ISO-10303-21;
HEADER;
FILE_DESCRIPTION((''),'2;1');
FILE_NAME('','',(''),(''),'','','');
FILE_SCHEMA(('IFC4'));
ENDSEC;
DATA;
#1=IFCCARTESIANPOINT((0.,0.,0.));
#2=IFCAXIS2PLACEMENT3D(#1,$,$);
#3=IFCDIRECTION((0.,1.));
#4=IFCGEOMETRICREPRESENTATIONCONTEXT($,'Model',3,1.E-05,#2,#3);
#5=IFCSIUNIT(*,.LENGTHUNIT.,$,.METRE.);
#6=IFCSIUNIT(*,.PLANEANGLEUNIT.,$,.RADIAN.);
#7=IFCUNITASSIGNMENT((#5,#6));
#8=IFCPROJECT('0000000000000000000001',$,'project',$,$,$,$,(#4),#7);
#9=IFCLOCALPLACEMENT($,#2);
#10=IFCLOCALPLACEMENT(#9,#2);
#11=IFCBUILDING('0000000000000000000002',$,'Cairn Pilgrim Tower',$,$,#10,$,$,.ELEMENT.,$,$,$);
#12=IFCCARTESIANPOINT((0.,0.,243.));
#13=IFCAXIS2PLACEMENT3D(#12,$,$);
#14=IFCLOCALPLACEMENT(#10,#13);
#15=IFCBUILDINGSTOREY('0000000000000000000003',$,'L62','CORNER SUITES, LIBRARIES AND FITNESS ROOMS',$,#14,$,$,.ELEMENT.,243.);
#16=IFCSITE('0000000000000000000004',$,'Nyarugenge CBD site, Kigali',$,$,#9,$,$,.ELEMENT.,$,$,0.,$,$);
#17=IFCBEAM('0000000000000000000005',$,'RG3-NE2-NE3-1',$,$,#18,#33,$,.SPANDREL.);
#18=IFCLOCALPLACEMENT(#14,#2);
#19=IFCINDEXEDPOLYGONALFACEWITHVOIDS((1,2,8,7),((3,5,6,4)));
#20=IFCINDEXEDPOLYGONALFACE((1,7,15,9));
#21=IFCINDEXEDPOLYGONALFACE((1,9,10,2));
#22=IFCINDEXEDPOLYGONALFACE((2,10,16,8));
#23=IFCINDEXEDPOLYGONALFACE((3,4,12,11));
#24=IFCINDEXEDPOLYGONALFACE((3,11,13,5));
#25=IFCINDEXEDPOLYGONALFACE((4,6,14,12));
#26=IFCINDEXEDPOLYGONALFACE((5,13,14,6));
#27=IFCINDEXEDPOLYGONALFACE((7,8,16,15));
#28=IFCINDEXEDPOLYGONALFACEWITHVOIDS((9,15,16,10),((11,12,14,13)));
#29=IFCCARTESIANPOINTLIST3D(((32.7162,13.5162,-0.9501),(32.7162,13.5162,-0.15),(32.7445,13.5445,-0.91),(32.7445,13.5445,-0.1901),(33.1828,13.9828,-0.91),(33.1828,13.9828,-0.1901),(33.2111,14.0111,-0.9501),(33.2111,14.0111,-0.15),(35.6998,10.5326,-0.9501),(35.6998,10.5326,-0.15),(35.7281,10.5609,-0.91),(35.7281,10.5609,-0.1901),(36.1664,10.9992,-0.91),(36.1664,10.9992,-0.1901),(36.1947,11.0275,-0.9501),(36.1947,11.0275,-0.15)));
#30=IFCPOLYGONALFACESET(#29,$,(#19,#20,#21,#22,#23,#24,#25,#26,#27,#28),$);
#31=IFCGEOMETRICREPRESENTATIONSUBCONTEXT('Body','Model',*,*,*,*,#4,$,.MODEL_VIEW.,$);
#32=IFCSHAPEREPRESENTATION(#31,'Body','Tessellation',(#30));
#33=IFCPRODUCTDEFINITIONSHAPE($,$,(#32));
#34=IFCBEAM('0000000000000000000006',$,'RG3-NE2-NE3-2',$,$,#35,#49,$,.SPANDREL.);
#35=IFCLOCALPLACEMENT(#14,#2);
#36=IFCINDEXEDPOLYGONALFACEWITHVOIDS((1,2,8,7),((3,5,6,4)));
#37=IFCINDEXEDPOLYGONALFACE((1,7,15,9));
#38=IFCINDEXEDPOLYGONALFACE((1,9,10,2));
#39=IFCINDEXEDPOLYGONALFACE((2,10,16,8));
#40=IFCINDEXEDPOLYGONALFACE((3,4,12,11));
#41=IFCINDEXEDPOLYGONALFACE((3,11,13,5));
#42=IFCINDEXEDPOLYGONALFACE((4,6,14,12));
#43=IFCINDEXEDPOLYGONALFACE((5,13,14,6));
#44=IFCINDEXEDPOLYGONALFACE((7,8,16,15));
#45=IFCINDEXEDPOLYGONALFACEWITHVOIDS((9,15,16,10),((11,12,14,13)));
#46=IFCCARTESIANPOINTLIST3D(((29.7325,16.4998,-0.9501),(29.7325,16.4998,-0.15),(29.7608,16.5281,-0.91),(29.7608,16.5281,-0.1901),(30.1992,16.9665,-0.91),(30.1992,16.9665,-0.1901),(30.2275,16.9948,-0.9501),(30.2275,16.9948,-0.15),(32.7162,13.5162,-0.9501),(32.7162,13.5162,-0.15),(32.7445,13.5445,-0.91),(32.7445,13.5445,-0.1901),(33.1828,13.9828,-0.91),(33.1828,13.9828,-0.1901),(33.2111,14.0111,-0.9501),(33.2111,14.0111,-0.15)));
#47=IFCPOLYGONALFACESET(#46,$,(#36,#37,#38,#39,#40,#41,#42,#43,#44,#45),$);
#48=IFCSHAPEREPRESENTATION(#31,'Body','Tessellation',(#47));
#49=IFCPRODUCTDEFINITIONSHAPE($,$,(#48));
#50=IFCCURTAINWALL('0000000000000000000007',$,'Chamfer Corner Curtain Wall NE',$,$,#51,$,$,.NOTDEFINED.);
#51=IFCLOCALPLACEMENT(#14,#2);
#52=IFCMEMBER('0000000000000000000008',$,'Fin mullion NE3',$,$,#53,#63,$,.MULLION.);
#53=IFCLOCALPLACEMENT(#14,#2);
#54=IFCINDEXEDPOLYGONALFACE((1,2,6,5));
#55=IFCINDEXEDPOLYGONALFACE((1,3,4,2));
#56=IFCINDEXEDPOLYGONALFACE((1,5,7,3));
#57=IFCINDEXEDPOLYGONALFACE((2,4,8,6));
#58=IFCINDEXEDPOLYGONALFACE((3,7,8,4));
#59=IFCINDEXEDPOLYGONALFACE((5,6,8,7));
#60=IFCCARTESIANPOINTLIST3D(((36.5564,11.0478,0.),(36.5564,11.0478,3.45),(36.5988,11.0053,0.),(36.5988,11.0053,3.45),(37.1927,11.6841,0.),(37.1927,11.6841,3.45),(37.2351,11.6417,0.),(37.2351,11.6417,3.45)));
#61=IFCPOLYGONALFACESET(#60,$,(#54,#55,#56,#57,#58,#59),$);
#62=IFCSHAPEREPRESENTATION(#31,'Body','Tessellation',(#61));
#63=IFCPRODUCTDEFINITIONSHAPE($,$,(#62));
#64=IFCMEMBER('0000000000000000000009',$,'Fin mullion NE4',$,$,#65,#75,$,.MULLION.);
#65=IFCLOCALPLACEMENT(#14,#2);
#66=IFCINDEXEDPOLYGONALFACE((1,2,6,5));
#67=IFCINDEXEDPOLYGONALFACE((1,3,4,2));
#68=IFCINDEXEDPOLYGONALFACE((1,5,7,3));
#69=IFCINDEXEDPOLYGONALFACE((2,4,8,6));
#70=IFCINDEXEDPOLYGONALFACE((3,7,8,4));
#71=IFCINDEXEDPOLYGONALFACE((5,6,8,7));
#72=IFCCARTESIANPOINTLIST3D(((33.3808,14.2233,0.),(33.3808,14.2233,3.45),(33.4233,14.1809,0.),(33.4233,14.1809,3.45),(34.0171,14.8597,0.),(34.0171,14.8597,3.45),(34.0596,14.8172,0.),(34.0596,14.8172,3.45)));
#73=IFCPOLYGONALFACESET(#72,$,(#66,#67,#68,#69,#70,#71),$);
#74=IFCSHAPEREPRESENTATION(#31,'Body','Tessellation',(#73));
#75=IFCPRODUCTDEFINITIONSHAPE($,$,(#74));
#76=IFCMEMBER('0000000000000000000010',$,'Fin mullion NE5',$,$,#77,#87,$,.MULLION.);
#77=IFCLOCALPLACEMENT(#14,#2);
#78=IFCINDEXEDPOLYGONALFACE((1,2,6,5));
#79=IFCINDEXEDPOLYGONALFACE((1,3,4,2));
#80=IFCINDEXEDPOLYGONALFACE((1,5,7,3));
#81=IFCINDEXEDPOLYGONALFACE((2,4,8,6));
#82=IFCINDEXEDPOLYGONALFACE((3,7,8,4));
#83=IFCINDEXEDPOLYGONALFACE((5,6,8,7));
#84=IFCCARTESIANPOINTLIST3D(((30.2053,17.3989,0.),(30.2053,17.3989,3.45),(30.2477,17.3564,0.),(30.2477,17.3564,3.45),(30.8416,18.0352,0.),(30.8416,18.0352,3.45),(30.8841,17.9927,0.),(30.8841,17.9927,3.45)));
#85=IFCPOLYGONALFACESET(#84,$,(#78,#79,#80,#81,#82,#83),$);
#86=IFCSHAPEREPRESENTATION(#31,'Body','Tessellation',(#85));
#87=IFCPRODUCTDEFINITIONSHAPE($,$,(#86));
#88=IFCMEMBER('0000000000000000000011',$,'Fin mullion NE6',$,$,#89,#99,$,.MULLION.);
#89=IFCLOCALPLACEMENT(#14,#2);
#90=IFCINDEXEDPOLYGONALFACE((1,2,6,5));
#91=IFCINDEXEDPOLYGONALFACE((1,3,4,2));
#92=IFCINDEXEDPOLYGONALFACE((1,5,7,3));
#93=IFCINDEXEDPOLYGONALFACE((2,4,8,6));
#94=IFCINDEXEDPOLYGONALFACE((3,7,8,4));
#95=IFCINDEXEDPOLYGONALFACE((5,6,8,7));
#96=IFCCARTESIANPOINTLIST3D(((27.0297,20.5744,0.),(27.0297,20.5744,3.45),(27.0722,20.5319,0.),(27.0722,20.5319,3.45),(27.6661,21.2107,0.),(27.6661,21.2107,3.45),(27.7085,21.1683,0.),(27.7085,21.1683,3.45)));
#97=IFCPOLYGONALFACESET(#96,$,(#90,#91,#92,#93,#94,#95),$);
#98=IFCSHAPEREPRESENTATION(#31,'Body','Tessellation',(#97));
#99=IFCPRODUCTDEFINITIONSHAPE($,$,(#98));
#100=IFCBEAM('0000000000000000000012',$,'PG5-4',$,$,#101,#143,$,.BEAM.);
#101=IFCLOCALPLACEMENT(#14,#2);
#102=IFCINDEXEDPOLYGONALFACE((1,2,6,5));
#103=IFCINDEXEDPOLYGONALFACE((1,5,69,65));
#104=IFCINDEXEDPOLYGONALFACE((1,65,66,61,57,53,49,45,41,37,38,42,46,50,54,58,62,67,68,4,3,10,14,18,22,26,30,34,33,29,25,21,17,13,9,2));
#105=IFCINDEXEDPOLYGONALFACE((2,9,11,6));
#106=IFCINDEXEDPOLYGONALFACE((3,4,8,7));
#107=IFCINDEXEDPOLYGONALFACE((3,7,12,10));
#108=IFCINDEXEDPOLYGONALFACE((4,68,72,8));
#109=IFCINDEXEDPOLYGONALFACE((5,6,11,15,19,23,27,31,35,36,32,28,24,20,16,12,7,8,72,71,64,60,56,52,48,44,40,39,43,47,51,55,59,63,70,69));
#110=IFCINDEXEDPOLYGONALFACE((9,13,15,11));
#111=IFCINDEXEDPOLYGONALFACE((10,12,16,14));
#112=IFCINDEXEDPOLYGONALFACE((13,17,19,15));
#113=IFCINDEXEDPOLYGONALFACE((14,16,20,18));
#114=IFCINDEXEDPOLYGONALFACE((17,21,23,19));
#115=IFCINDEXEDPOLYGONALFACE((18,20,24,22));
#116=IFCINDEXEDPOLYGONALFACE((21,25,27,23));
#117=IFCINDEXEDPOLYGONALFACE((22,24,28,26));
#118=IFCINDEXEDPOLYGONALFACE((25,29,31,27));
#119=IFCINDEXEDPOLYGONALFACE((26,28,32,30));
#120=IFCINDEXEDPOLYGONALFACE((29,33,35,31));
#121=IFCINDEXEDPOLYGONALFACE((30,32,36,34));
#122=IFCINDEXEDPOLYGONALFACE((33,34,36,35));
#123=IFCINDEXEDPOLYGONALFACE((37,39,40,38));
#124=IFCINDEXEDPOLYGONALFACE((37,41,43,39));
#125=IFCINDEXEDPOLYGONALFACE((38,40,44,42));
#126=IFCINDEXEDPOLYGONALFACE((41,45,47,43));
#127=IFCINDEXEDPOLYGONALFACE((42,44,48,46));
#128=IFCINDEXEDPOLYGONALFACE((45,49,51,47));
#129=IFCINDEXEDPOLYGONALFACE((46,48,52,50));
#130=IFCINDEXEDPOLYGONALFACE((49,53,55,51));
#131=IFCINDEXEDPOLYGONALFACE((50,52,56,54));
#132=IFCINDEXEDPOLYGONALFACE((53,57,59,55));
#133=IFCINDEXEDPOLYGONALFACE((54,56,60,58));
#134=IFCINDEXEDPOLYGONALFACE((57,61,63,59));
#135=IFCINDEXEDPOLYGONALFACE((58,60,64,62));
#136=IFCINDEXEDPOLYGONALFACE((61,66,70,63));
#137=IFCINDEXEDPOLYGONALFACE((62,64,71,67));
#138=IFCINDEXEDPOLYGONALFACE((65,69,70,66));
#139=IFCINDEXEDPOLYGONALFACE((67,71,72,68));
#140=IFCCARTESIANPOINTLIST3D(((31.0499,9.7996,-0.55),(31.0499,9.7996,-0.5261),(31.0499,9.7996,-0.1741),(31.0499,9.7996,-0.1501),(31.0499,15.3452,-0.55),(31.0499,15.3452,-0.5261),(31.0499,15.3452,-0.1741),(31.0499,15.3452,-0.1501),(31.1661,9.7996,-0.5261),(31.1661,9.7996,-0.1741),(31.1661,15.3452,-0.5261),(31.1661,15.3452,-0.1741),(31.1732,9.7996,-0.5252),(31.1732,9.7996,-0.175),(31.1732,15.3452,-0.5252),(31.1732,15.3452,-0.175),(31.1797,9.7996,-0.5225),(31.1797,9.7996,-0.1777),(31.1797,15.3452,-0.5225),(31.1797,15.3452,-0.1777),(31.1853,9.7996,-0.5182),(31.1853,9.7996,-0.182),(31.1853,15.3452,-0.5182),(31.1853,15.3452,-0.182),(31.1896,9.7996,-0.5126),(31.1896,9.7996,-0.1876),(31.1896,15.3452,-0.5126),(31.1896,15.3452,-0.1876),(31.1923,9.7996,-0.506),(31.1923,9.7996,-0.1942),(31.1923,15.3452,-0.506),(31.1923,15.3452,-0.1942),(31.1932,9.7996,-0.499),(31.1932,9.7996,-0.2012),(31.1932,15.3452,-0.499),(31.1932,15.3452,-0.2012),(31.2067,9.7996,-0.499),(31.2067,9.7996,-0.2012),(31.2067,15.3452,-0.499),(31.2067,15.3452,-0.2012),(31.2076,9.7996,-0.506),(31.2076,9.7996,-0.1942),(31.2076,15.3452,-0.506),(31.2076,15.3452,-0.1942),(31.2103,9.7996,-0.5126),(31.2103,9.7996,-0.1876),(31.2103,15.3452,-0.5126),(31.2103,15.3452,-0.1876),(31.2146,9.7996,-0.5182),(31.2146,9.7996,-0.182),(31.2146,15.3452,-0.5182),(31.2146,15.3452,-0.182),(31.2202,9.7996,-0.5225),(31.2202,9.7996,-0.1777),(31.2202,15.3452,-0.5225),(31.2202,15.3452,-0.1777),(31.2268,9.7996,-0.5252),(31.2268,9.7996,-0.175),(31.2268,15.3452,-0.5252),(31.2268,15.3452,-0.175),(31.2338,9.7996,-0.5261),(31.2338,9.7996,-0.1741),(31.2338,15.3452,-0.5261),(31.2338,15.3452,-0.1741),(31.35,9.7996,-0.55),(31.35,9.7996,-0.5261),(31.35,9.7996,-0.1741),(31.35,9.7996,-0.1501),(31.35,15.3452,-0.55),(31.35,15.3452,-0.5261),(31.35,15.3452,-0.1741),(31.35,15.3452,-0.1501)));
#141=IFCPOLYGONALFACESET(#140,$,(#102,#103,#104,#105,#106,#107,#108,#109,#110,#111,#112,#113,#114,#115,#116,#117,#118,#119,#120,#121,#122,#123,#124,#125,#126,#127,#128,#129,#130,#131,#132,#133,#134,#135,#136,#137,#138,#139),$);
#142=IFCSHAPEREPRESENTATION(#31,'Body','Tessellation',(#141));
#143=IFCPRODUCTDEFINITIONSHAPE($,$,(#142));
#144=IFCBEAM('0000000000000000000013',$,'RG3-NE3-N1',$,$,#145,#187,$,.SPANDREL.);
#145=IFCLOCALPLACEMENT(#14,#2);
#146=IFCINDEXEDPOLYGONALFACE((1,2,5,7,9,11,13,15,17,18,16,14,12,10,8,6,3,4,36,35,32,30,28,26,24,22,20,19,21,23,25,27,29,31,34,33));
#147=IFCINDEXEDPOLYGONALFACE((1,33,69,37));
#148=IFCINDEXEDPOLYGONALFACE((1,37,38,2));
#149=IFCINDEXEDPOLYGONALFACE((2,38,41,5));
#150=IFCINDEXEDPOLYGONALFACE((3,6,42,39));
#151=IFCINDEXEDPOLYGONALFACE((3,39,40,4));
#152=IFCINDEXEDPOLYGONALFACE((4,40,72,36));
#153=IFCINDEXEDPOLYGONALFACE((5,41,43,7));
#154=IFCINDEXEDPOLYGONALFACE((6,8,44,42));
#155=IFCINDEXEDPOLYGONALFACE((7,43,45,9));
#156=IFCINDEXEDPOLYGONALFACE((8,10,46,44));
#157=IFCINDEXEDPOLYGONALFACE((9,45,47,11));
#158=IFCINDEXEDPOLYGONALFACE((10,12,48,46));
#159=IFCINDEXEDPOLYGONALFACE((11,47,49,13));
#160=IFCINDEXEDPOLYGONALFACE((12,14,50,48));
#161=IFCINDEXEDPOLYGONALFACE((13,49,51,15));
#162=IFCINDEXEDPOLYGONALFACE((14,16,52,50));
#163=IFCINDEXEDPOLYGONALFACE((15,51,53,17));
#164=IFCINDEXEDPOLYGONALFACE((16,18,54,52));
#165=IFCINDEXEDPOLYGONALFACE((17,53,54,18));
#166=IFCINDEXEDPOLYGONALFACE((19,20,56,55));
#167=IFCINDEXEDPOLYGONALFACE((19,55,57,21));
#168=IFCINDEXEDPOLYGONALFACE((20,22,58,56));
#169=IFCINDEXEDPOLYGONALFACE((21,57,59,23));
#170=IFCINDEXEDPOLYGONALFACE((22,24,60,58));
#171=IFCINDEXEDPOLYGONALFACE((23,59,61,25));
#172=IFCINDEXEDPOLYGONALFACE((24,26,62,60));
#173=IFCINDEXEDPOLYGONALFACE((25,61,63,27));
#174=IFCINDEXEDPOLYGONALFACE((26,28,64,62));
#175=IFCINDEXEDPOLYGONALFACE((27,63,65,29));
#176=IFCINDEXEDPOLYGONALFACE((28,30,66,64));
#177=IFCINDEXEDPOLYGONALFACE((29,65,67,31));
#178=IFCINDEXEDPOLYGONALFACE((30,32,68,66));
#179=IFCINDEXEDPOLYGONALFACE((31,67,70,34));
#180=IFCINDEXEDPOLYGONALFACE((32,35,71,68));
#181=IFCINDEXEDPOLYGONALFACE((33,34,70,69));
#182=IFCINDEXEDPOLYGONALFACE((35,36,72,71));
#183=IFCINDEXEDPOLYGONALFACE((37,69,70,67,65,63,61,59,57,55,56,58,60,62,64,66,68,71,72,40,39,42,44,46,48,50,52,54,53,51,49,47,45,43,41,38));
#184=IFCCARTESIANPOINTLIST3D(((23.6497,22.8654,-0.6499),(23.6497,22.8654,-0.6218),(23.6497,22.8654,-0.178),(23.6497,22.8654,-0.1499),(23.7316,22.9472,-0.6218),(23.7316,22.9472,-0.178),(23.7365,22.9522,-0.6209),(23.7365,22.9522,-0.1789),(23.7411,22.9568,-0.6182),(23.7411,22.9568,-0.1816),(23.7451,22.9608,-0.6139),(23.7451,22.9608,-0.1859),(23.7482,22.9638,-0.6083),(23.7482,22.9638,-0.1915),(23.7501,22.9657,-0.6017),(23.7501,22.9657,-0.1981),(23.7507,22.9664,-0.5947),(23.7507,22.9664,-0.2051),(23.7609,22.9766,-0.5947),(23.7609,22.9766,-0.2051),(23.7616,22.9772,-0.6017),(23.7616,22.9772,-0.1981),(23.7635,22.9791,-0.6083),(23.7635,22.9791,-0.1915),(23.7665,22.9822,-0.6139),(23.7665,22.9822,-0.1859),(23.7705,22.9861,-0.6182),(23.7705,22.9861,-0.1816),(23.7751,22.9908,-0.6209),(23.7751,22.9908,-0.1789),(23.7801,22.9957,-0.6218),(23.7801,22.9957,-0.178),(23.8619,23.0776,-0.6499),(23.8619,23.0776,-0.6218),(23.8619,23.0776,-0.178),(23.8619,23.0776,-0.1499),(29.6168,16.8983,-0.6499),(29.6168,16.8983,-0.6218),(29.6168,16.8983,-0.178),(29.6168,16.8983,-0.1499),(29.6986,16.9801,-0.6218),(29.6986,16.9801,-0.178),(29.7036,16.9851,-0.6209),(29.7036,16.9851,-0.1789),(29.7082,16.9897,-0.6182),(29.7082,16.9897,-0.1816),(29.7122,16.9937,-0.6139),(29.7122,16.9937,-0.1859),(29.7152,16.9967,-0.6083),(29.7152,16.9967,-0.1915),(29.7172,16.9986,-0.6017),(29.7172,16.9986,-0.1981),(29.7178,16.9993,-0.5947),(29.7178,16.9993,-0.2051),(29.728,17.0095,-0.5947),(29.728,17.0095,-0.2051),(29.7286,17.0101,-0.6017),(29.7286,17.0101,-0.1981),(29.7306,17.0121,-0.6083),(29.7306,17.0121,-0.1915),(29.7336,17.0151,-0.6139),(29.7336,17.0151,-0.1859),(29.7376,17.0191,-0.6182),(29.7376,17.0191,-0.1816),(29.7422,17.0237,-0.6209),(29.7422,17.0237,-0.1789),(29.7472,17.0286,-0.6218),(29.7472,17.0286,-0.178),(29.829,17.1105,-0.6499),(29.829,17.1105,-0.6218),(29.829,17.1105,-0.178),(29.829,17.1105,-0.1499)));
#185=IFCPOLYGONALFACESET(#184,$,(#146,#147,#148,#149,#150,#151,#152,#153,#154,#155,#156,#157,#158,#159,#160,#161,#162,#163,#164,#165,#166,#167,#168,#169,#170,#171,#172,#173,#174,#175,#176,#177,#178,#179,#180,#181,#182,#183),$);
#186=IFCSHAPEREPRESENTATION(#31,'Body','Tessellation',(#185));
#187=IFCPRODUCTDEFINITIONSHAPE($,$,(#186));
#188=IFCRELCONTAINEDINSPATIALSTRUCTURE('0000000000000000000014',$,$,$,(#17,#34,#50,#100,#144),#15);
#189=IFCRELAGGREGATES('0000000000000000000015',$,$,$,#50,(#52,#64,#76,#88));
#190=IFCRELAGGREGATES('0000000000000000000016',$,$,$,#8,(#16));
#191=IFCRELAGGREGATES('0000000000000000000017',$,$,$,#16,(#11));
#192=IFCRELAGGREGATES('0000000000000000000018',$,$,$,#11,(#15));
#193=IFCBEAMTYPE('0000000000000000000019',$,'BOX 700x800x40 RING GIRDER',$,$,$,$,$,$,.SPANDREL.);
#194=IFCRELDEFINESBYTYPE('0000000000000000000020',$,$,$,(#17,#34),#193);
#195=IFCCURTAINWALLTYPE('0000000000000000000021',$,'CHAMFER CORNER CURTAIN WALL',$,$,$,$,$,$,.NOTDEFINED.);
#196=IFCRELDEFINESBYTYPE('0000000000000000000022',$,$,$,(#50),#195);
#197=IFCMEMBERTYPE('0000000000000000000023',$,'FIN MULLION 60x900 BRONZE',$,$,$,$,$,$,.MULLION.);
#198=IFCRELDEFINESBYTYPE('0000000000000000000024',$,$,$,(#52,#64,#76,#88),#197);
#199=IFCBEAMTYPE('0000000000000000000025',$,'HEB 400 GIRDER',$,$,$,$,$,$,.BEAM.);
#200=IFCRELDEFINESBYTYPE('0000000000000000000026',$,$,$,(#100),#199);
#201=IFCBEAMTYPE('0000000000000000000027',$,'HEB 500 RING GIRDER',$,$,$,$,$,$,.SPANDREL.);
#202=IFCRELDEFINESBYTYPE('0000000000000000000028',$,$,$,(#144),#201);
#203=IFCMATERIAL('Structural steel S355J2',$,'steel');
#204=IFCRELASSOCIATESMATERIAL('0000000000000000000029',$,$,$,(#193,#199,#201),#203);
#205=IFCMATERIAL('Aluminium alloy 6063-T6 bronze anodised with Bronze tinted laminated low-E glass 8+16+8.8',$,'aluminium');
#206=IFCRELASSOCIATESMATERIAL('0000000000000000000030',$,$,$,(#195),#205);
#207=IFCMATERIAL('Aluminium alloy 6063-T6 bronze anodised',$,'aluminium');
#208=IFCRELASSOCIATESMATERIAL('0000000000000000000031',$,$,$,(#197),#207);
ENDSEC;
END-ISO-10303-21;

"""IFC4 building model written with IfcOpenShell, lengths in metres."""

from ifc_helpers import new_model, si_unit, direction, frame, origin, origin_2d, place, context, subcontext, project, spatial, rectangle, hollow_rectangle, i_section, extrude, material, material_profile, profile_set, type_object, element, aggregate, save


model = new_model("IFC4")

# Units and contexts
model_context = context("Model", 3, precision=1e-05, world=origin(), true_north=direction((0.0, 1.0)))
body_context = subcontext(model_context, "Body", "Model", "MODEL_VIEW")
ifc_project = project(units=[si_unit("LENGTHUNIT", "METRE"), si_unit("PLANEANGLEUNIT", "RADIAN")], contexts=[model_context])

# Site, building, storey
site_placement = place(None, origin())
site = spatial("IfcSite", under=ifc_project, at=site_placement, Name="Nyarugenge CBD site, Kigali", CompositionType="ELEMENT", RefElevation=0.0)
building_placement = place(site_placement, origin())
building = spatial("IfcBuilding", under=site, at=building_placement, Name="Cairn Pilgrim Tower", CompositionType="ELEMENT")
storey_placement = place(building_placement, frame((0.0, 0.0, 243.0)))
storey = spatial("IfcBuildingStorey", under=building, at=storey_placement, Name="L62", Description="CORNER SUITES, LIBRARIES AND FITNESS ROOMS", CompositionType="ELEMENT", Elevation=243.0)

# Shared definitions
ifc_material_1 = material(Name="Structural steel S355J2", Category="steel")

# Beams
ifc_material_profile_1 = material_profile(ifc_material_1, hollow_rectangle(XDim=0.7, YDim=0.8, WallThickness=0.04, at=origin_2d()), Name="BOX 700x800x40")
ifc_profile_set_1 = profile_set([ifc_material_profile_1], Name="Structural steel S355J2")
beam_type_1 = type_object("IfcBeamType", Name="BOX 700x800x40 RING GIRDER", PredefinedType="SPANDREL", material=ifc_profile_set_1)
for number, where, z_axis, x_axis, name in (
    (1, (35.9473, 10.78, -0.55), (-0.707107, 0.707107, 0.0), (-0.707107, -0.707107, 0.0), "RG3-NE2-NE3-1"),
    (2, (32.9636, 13.7637, -0.55), (-0.707107, 0.707107, 0.0), (-0.707107, -0.707107, 0.0), "RG3-NE2-NE3-2"),
):
    element("IfcBeam", number, at=place(storey_placement, frame(where, z_axis=z_axis, x_axis=x_axis)), inside=storey, type_object=beam_type_1, Name=name, PredefinedType="SPANDREL", context=body_context, shape_type="SweptSolid", body=[
        extrude(hollow_rectangle(XDim=0.7, YDim=0.8, WallThickness=0.04, at=origin_2d()), origin(), (0.0, 0.0, 1.0), 4.2195),
    ])

# Curtain wall, members
ifc_material_2 = material(Name="Aluminium alloy 6063-T6 bronze anodised with Bronze tinted laminated low-E glass 8+16+8.8", Category="aluminium")
curtain_wall_type = type_object("IfcCurtainWallType", Name="CHAMFER CORNER CURTAIN WALL", PredefinedType="NOTDEFINED", material=ifc_material_2)
curtain_wall_placement = place(storey_placement, origin())
curtain_wall = element("IfcCurtainWall", 3, at=curtain_wall_placement, inside=storey, type_object=curtain_wall_type, Name="Chamfer Corner Curtain Wall NE", PredefinedType="NOTDEFINED")
ifc_material_3 = material(Name="Aluminium alloy 6063-T6 bronze anodised", Category="aluminium")
ifc_material_profile_2 = material_profile(ifc_material_3, rectangle(XDim=0.8999, YDim=0.0601, at=origin_2d()), Name="FIN MULLION 60x900 BRONZE")
ifc_profile_set_2 = profile_set([ifc_material_profile_2], Name="Aluminium alloy 6063-T6 bronze anodised")
member_type_1 = type_object("IfcMemberType", Name="FIN MULLION 60x900 BRONZE", PredefinedType="MULLION", material=ifc_profile_set_2)
member_1_placement = place(storey_placement, frame((36.8958, 11.3447, 0.0), z_axis=(0.0, 0.0, 1.0), x_axis=(0.707107, 0.707107, 0.0)))
member_1 = element("IfcMember", 4, at=member_1_placement, type_object=member_type_1, Name="Fin mullion NE3", PredefinedType="MULLION", context=body_context, shape_type="SweptSolid", body=[
    extrude(rectangle(XDim=0.8999, YDim=0.0601, at=origin_2d()), origin(), (0.0, 0.0, 1.0), 3.45),
])
member_2_placement = place(storey_placement, frame((33.7202, 14.5203, 0.0), z_axis=(0.0, 0.0, 1.0), x_axis=(0.707107, 0.707107, 0.0)))
member_2 = element("IfcMember", 5, at=member_2_placement, type_object=member_type_1, Name="Fin mullion NE4", PredefinedType="MULLION", context=body_context, shape_type="SweptSolid", body=[
    extrude(rectangle(XDim=0.8999, YDim=0.0601, at=origin_2d()), origin(), (0.0, 0.0, 1.0), 3.45),
])
member_3_placement = place(storey_placement, frame((30.5447, 17.6958, 0.0), z_axis=(0.0, 0.0, 1.0), x_axis=(0.707107, 0.707107, 0.0)))
member_3 = element("IfcMember", 6, at=member_3_placement, type_object=member_type_1, Name="Fin mullion NE5", PredefinedType="MULLION", context=body_context, shape_type="SweptSolid", body=[
    extrude(rectangle(XDim=0.8999, YDim=0.0601, at=origin_2d()), origin(), (0.0, 0.0, 1.0), 3.45),
])
member_4_placement = place(storey_placement, frame((27.3691, 20.8713, 0.0), z_axis=(0.0, 0.0, 1.0), x_axis=(0.707107, 0.707107, 0.0)))
member_4 = element("IfcMember", 7, at=member_4_placement, type_object=member_type_1, Name="Fin mullion NE6", PredefinedType="MULLION", context=body_context, shape_type="SweptSolid", body=[
    extrude(rectangle(XDim=0.8999, YDim=0.0601, at=origin_2d()), origin(), (0.0, 0.0, 1.0), 3.45),
])

# Beams
ifc_material_profile_3 = material_profile(ifc_material_1, i_section(OverallWidth=0.3, OverallDepth=0.3999, WebThickness=0.0134, FlangeThickness=0.0239, FilletRadius=0.0271, at=origin_2d()), Name="HEB 400")
ifc_profile_set_3 = profile_set([ifc_material_profile_3], Name="Structural steel S355J2")
beam_type_2 = type_object("IfcBeamType", Name="HEB 400 GIRDER", PredefinedType="BEAM", material=ifc_profile_set_3)
beam_1_placement = place(storey_placement, frame((31.2, 9.7996, -0.3501), z_axis=(0.0, 1.0, 0.0), x_axis=(-1.0, 0.0, 0.0)))
element("IfcBeam", 8, at=beam_1_placement, inside=storey, type_object=beam_type_2, Name="PG5-4", PredefinedType="BEAM", context=body_context, shape_type="SweptSolid", body=[
    extrude(i_section(OverallWidth=0.3, OverallDepth=0.3999, WebThickness=0.0134, FlangeThickness=0.0239, FilletRadius=0.0271, at=origin_2d()), origin(), (0.0, 0.0, 1.0), 5.5457),
])
ifc_material_profile_4 = material_profile(ifc_material_1, i_section(OverallWidth=0.3, OverallDepth=0.5, WebThickness=0.0144, FlangeThickness=0.0281, FilletRadius=0.0271, at=origin_2d()), Name="HEB 500")
ifc_profile_set_4 = profile_set([ifc_material_profile_4], Name="Structural steel S355J2")
beam_type_3 = type_object("IfcBeamType", Name="HEB 500 RING GIRDER", PredefinedType="SPANDREL", material=ifc_profile_set_4)
beam_2_placement = place(storey_placement, frame((29.7229, 17.0044, -0.3999), z_axis=(-0.707107, 0.707107, 0.0), x_axis=(-0.707107, -0.707107, 0.0)))
element("IfcBeam", 9, at=beam_2_placement, inside=storey, type_object=beam_type_3, Name="RG3-NE3-N1", PredefinedType="SPANDREL", context=body_context, shape_type="SweptSolid", body=[
    extrude(i_section(OverallWidth=0.3, OverallDepth=0.5, WebThickness=0.0144, FlangeThickness=0.0281, FilletRadius=0.0271, at=origin_2d()), origin(), (0.0, 0.0, 1.0), 8.4387),
])

aggregate(curtain_wall, [member_1, member_2, member_3, member_4])

save(model, "model.ifc")
